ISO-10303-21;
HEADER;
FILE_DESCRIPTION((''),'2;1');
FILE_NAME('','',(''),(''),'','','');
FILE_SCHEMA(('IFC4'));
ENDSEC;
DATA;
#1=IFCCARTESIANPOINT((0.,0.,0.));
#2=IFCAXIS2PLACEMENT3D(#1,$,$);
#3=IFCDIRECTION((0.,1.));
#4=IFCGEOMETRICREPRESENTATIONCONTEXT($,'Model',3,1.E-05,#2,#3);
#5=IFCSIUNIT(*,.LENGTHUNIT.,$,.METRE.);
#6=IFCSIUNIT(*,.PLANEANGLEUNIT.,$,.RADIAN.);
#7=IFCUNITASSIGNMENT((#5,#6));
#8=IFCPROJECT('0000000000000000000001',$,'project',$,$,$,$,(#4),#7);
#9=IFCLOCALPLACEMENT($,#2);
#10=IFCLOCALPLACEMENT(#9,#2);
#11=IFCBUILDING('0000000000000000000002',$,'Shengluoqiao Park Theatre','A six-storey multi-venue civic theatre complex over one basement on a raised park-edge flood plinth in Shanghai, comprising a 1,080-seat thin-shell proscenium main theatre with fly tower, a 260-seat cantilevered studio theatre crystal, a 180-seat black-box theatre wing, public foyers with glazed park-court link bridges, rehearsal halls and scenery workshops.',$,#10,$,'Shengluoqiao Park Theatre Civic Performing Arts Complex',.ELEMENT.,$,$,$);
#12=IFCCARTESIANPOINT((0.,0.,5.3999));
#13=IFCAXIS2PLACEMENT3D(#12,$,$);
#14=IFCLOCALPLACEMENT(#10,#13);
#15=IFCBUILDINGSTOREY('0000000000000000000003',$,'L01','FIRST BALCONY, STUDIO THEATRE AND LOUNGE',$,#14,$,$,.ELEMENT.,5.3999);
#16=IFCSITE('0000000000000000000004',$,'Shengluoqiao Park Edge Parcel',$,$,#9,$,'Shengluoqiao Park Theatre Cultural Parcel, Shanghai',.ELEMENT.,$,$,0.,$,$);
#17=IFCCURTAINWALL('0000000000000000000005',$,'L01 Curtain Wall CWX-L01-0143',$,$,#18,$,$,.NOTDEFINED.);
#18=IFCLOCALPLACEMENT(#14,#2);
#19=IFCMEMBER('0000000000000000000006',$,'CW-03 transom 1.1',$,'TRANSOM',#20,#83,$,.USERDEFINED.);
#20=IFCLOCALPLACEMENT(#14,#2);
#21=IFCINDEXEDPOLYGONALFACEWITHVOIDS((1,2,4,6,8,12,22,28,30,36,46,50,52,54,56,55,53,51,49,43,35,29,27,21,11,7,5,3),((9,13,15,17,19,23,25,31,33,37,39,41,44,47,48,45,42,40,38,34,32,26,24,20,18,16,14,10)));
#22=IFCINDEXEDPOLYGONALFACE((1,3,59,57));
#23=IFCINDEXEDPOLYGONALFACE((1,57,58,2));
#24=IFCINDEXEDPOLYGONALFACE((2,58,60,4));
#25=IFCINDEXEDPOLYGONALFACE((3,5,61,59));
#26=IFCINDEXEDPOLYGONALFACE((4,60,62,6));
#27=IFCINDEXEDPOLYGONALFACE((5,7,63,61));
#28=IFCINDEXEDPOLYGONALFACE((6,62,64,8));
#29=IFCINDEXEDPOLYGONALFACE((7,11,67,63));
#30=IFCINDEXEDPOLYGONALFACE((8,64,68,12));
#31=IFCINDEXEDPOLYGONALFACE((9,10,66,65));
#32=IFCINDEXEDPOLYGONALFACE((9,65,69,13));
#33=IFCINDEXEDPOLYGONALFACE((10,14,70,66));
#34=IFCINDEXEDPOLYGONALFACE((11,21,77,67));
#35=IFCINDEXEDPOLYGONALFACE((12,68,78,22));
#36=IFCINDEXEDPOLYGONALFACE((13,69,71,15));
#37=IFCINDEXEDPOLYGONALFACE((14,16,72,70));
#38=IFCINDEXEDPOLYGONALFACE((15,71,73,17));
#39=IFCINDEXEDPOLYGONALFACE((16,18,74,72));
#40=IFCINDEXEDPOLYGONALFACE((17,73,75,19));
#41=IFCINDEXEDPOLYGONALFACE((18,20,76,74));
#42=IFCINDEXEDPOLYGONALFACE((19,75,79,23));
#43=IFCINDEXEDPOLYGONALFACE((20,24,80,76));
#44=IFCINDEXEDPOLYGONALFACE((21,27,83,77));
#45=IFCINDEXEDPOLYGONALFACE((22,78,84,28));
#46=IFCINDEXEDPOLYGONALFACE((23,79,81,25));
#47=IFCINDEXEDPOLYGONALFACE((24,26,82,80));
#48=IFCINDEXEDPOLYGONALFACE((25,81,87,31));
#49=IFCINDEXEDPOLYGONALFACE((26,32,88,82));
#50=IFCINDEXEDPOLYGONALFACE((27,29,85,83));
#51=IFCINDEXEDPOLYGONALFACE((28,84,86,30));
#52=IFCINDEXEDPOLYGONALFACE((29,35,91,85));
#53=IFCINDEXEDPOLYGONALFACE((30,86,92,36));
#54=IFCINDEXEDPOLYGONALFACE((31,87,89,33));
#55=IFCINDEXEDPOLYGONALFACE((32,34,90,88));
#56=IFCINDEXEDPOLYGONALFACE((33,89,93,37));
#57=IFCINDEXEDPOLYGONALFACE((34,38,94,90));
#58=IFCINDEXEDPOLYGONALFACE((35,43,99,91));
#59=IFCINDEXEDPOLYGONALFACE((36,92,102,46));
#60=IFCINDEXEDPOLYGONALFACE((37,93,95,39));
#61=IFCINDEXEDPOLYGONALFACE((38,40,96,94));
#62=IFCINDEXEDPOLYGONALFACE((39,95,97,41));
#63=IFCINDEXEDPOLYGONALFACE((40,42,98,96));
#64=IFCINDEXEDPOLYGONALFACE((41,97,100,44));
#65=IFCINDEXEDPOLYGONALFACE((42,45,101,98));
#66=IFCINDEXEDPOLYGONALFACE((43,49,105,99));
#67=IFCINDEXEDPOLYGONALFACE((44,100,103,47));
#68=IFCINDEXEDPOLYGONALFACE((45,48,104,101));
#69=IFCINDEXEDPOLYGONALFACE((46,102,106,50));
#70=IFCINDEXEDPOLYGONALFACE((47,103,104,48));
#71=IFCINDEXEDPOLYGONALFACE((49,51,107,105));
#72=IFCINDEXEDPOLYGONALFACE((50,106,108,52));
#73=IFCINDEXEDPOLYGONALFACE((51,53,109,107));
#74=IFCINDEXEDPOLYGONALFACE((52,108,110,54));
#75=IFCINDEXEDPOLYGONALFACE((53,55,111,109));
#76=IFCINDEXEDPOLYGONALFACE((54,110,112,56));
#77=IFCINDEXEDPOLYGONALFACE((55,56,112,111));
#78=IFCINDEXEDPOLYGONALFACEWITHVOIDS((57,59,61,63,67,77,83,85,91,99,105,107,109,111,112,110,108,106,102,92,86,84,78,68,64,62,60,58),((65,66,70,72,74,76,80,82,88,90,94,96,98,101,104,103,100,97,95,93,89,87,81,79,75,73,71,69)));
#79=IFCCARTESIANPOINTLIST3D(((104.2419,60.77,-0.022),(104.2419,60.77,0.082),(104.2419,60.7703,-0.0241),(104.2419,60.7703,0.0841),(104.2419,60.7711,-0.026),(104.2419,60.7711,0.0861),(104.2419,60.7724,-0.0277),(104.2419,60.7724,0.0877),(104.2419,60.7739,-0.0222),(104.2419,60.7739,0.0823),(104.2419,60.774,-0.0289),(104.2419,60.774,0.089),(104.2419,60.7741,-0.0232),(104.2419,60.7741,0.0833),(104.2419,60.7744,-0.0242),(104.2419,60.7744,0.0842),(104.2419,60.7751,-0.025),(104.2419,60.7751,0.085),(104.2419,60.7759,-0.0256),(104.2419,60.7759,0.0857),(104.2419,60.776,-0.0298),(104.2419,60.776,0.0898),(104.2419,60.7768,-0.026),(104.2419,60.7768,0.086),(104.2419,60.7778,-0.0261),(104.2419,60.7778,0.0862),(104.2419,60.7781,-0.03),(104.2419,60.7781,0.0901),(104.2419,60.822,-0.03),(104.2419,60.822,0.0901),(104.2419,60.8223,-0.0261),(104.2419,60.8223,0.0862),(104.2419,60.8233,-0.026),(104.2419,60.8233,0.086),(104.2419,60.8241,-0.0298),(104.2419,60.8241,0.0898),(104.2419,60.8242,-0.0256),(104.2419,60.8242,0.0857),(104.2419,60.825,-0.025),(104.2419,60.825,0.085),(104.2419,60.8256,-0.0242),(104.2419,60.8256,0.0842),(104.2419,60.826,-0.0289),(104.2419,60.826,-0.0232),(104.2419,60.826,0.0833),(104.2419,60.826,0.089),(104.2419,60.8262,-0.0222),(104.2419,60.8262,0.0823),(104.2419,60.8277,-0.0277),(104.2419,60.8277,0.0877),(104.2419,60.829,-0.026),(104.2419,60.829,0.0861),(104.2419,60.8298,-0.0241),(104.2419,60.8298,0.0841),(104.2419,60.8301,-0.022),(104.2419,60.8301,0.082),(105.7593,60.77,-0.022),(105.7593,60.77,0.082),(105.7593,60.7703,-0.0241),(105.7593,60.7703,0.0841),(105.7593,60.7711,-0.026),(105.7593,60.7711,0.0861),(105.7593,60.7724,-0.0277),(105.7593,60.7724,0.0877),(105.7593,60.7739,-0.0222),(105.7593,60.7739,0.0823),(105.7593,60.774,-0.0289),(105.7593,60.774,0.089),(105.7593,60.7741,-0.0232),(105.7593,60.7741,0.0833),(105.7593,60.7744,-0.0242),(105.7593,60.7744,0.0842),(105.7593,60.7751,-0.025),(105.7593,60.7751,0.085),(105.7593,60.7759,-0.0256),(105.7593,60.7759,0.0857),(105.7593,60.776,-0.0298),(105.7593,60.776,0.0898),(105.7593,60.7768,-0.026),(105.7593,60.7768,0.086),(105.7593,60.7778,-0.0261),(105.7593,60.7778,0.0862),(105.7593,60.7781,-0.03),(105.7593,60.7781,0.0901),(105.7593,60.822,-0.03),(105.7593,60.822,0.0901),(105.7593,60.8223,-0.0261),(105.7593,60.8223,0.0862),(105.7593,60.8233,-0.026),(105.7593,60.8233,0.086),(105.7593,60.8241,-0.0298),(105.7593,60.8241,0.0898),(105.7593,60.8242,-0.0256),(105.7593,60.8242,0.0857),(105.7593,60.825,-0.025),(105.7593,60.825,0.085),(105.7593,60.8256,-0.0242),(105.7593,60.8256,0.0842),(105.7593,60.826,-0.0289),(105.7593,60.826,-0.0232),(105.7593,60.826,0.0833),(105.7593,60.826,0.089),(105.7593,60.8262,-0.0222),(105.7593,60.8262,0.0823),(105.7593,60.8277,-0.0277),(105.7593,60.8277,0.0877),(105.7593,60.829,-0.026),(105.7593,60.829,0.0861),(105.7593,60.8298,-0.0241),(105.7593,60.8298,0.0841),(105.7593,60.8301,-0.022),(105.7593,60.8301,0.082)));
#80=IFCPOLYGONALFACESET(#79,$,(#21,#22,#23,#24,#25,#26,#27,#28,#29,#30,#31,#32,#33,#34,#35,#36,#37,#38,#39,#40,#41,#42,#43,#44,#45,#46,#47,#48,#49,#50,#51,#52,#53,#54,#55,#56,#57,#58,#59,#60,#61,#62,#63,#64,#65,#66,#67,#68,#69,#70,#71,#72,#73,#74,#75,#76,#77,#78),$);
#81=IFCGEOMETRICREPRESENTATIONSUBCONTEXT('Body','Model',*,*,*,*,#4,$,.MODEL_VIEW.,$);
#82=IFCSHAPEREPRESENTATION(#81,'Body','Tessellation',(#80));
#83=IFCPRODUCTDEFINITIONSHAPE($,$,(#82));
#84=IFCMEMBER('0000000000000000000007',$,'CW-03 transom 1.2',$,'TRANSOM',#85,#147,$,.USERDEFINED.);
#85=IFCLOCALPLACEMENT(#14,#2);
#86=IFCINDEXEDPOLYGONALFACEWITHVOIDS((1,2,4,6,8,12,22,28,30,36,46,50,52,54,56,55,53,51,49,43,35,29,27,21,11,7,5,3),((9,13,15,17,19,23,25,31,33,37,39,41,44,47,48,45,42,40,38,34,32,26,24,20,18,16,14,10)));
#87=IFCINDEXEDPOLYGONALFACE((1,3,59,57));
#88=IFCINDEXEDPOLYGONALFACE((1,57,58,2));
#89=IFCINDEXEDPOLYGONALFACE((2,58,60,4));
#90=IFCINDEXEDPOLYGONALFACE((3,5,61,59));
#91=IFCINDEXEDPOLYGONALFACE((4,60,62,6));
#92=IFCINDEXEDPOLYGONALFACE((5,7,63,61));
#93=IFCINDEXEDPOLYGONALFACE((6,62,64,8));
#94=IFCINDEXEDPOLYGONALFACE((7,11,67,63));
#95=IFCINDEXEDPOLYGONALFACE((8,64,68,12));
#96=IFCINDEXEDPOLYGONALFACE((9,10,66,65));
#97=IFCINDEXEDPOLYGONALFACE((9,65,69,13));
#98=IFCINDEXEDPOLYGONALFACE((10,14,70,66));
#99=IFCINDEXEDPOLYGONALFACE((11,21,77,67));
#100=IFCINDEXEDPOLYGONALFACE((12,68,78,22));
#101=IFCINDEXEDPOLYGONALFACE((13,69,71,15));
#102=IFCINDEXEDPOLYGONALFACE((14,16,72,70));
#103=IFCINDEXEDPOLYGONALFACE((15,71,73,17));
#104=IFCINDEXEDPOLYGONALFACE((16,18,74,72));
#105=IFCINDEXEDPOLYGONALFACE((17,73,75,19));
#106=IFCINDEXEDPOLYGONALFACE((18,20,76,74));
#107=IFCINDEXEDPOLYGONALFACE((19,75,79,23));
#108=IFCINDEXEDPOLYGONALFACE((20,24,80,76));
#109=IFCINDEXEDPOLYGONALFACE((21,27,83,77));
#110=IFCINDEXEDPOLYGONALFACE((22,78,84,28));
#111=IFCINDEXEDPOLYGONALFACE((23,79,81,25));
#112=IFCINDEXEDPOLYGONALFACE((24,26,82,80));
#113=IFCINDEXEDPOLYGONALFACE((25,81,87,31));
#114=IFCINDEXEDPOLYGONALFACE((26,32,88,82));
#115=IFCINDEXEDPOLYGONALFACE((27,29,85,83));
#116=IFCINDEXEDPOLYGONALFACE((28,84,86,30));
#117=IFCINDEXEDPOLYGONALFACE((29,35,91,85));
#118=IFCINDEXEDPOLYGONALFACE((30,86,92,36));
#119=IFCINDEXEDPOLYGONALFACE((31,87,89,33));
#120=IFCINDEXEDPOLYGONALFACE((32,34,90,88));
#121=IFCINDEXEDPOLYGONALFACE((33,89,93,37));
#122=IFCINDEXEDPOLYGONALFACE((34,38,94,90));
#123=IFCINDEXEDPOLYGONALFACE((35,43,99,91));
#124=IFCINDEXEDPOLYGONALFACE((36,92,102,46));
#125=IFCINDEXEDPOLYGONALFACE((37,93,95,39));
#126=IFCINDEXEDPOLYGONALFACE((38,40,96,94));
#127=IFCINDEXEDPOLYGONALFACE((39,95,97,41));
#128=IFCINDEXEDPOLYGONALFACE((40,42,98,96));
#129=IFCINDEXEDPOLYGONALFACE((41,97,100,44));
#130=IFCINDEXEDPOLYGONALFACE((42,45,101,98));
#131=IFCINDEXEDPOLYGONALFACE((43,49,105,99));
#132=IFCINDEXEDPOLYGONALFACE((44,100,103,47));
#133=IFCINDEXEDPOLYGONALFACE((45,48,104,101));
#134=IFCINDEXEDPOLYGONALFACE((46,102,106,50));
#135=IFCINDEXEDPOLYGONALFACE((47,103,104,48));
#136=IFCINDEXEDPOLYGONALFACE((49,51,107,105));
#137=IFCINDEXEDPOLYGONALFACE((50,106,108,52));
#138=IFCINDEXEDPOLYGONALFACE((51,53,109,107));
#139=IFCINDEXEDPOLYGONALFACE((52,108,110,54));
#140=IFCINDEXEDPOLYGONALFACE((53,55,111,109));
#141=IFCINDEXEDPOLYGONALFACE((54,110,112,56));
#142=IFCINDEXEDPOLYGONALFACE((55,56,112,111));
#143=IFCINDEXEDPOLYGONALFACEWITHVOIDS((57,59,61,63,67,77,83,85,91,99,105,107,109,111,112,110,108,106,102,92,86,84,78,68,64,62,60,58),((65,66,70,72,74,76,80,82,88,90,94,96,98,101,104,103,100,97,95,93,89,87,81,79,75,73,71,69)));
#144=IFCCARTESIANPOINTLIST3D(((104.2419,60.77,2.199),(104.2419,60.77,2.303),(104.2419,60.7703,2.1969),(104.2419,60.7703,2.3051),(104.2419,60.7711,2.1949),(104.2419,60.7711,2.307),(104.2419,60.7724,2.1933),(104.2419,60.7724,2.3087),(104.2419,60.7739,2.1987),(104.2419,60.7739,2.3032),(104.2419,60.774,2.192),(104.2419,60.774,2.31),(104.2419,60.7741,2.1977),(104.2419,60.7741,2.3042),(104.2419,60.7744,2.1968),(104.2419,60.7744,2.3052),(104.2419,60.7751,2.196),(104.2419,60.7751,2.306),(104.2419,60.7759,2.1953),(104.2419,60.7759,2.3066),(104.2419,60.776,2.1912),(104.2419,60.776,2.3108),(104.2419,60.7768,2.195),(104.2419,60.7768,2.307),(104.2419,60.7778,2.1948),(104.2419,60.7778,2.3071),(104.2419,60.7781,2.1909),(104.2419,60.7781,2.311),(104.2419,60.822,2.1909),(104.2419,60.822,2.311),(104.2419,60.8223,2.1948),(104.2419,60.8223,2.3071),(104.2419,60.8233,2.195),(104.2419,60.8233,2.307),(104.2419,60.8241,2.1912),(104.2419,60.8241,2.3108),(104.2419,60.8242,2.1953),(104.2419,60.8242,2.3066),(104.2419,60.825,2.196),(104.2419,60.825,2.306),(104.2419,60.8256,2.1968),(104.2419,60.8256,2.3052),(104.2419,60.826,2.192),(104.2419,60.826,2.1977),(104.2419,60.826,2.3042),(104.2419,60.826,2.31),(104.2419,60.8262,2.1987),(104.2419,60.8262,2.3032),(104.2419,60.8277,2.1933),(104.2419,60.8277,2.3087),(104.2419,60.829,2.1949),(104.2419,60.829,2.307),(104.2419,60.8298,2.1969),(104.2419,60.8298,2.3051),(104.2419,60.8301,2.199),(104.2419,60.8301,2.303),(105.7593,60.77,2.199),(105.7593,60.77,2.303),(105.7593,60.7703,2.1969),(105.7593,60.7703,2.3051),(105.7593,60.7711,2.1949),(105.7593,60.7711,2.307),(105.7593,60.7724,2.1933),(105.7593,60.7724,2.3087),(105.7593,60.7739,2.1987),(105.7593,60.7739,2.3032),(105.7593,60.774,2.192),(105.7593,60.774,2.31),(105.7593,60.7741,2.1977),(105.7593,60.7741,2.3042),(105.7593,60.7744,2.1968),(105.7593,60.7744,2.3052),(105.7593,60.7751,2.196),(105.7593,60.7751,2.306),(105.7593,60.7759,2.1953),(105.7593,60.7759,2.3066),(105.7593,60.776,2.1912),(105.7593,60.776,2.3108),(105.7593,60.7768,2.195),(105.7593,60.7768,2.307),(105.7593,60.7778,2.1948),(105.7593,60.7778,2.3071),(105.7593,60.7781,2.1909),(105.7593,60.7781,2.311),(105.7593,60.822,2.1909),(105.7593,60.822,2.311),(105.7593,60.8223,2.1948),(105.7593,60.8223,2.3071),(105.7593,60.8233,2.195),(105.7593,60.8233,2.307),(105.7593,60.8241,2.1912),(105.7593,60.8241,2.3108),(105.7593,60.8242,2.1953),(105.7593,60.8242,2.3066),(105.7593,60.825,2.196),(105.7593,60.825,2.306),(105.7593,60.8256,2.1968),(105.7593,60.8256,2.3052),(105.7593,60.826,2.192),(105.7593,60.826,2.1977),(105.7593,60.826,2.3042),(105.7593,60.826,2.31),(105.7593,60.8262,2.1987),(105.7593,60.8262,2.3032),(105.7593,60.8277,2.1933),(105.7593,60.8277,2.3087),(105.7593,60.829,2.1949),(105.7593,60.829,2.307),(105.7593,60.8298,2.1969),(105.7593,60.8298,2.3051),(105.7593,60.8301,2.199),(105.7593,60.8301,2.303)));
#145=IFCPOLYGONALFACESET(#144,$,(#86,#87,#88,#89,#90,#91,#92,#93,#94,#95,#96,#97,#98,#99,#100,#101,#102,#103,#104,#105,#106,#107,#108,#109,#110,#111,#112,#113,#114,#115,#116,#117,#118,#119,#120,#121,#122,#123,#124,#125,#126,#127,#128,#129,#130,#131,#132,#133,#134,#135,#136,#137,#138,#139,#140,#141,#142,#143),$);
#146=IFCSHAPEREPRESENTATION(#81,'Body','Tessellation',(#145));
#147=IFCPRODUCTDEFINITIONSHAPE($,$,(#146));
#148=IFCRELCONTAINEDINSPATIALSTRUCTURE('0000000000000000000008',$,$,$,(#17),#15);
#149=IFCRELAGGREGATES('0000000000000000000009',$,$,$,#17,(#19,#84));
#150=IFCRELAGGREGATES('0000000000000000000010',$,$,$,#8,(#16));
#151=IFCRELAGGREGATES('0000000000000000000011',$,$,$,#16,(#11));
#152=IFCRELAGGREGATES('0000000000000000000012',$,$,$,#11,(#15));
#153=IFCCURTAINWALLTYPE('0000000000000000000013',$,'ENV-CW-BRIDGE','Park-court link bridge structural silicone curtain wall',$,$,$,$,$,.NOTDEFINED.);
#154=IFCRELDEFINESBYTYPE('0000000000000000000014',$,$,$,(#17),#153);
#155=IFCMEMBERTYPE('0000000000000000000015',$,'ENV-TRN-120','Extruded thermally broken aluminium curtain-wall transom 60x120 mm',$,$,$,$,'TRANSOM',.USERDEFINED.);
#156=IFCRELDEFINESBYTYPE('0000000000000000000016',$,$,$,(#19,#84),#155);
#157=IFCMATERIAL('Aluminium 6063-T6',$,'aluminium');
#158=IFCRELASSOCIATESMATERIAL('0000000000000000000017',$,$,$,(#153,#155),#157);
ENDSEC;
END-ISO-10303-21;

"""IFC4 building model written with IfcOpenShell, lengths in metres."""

from ifc_helpers import new_model, si_unit, direction, frame, origin, origin_2d, place, context, subcontext, project, spatial, hollow_rectangle, extrude, material, material_profile, profile_set, type_object, element, aggregate, save


model = new_model("IFC4")

# Units and contexts
model_context = context("Model", 3, precision=1e-05, world=origin(), true_north=direction((0.0, 1.0)))
body_context = subcontext(model_context, "Body", "Model", "MODEL_VIEW")
ifc_project = project(units=[si_unit("LENGTHUNIT", "METRE"), si_unit("PLANEANGLEUNIT", "RADIAN")], contexts=[model_context])

# Site, building, storey
site_placement = place(None, origin())
site = spatial("IfcSite", under=ifc_project, at=site_placement, Name="Shengluoqiao Park Edge Parcel", LongName="Shengluoqiao Park Theatre Cultural Parcel, Shanghai", CompositionType="ELEMENT", RefElevation=0.0)
building_placement = place(site_placement, origin())
building = spatial("IfcBuilding", under=site, at=building_placement, Name="Shengluoqiao Park Theatre", Description="A six-storey multi-venue civic theatre complex over one basement on a raised park-edge flood plinth in Shanghai, comprising a 1,080-seat thin-shell proscenium main theatre with fly tower, a 260-seat cantilevered studio theatre crystal, a 180-seat black-box theatre wing, public foyers with glazed park-court link bridges, rehearsal halls and scenery workshops.", LongName="Shengluoqiao Park Theatre Civic Performing Arts Complex", CompositionType="ELEMENT")
storey_placement = place(building_placement, frame((0.0, 0.0, 5.3999)))
storey = spatial("IfcBuildingStorey", under=building, at=storey_placement, Name="L01", Description="FIRST BALCONY, STUDIO THEATRE AND LOUNGE", CompositionType="ELEMENT", Elevation=5.3999)

# Shared definitions
ifc_material_1 = material(Name="Aluminium 6063-T6", Category="aluminium")
curtain_wall_type = type_object("IfcCurtainWallType", Name="ENV-CW-BRIDGE", Description="Park-court link bridge structural silicone curtain wall", PredefinedType="NOTDEFINED", material=ifc_material_1)

# Curtain wall
curtain_wall_1_placement = place(storey_placement, origin())
curtain_wall_1 = element("IfcCurtainWall", 1, at=curtain_wall_1_placement, inside=storey, type_object=curtain_wall_type, Name="L01 Curtain Wall CWX-L01-0143", PredefinedType="NOTDEFINED")

# Members
ifc_material_profile_1 = material_profile(ifc_material_1, hollow_rectangle(XDim=0.0601, YDim=0.1201, WallThickness=0.0039, InnerFilletRadius=0.0039, OuterFilletRadius=0.0081, at=origin_2d()), Name="ALU TRANSOM 120x60x4")
ifc_profile_set_1 = profile_set([ifc_material_profile_1], Name="Aluminium 6063-T6")
member_type_1 = type_object("IfcMemberType", Name="ENV-TRN-120", Description="Extruded thermally broken aluminium curtain-wall transom 60x120 mm", ElementType="TRANSOM", PredefinedType="USERDEFINED", material=ifc_profile_set_1)
member_1_placement = place(storey_placement, frame((104.2419, 60.8, 0.03), z_axis=(1.0, 0.0, 0.0), x_axis=(0.0, 1.0, 0.0)))
member_1 = element("IfcMember", 2, at=member_1_placement, type_object=member_type_1, Name="CW-03 transom 1.1", ObjectType="TRANSOM", PredefinedType="USERDEFINED", context=body_context, shape_type="SweptSolid", body=[
    extrude(hollow_rectangle(XDim=0.0601, YDim=0.1201, WallThickness=0.0039, InnerFilletRadius=0.0039, OuterFilletRadius=0.0081, at=origin_2d()), origin(), (0.0, 0.0, 1.0), 1.5173),
])
member_2_placement = place(storey_placement, frame((104.2419, 60.8, 2.251), z_axis=(1.0, 0.0, 0.0), x_axis=(0.0, 1.0, 0.0)))
member_2 = element("IfcMember", 3, at=member_2_placement, type_object=member_type_1, Name="CW-03 transom 1.2", ObjectType="TRANSOM", PredefinedType="USERDEFINED", context=body_context, shape_type="SweptSolid", body=[
    extrude(hollow_rectangle(XDim=0.0601, YDim=0.1201, WallThickness=0.0039, InnerFilletRadius=0.0039, OuterFilletRadius=0.0081, at=origin_2d()), origin(), (0.0, 0.0, 1.0), 1.5173),
])

aggregate(curtain_wall_1, [member_1, member_2])

save(model, "model.ifc")
